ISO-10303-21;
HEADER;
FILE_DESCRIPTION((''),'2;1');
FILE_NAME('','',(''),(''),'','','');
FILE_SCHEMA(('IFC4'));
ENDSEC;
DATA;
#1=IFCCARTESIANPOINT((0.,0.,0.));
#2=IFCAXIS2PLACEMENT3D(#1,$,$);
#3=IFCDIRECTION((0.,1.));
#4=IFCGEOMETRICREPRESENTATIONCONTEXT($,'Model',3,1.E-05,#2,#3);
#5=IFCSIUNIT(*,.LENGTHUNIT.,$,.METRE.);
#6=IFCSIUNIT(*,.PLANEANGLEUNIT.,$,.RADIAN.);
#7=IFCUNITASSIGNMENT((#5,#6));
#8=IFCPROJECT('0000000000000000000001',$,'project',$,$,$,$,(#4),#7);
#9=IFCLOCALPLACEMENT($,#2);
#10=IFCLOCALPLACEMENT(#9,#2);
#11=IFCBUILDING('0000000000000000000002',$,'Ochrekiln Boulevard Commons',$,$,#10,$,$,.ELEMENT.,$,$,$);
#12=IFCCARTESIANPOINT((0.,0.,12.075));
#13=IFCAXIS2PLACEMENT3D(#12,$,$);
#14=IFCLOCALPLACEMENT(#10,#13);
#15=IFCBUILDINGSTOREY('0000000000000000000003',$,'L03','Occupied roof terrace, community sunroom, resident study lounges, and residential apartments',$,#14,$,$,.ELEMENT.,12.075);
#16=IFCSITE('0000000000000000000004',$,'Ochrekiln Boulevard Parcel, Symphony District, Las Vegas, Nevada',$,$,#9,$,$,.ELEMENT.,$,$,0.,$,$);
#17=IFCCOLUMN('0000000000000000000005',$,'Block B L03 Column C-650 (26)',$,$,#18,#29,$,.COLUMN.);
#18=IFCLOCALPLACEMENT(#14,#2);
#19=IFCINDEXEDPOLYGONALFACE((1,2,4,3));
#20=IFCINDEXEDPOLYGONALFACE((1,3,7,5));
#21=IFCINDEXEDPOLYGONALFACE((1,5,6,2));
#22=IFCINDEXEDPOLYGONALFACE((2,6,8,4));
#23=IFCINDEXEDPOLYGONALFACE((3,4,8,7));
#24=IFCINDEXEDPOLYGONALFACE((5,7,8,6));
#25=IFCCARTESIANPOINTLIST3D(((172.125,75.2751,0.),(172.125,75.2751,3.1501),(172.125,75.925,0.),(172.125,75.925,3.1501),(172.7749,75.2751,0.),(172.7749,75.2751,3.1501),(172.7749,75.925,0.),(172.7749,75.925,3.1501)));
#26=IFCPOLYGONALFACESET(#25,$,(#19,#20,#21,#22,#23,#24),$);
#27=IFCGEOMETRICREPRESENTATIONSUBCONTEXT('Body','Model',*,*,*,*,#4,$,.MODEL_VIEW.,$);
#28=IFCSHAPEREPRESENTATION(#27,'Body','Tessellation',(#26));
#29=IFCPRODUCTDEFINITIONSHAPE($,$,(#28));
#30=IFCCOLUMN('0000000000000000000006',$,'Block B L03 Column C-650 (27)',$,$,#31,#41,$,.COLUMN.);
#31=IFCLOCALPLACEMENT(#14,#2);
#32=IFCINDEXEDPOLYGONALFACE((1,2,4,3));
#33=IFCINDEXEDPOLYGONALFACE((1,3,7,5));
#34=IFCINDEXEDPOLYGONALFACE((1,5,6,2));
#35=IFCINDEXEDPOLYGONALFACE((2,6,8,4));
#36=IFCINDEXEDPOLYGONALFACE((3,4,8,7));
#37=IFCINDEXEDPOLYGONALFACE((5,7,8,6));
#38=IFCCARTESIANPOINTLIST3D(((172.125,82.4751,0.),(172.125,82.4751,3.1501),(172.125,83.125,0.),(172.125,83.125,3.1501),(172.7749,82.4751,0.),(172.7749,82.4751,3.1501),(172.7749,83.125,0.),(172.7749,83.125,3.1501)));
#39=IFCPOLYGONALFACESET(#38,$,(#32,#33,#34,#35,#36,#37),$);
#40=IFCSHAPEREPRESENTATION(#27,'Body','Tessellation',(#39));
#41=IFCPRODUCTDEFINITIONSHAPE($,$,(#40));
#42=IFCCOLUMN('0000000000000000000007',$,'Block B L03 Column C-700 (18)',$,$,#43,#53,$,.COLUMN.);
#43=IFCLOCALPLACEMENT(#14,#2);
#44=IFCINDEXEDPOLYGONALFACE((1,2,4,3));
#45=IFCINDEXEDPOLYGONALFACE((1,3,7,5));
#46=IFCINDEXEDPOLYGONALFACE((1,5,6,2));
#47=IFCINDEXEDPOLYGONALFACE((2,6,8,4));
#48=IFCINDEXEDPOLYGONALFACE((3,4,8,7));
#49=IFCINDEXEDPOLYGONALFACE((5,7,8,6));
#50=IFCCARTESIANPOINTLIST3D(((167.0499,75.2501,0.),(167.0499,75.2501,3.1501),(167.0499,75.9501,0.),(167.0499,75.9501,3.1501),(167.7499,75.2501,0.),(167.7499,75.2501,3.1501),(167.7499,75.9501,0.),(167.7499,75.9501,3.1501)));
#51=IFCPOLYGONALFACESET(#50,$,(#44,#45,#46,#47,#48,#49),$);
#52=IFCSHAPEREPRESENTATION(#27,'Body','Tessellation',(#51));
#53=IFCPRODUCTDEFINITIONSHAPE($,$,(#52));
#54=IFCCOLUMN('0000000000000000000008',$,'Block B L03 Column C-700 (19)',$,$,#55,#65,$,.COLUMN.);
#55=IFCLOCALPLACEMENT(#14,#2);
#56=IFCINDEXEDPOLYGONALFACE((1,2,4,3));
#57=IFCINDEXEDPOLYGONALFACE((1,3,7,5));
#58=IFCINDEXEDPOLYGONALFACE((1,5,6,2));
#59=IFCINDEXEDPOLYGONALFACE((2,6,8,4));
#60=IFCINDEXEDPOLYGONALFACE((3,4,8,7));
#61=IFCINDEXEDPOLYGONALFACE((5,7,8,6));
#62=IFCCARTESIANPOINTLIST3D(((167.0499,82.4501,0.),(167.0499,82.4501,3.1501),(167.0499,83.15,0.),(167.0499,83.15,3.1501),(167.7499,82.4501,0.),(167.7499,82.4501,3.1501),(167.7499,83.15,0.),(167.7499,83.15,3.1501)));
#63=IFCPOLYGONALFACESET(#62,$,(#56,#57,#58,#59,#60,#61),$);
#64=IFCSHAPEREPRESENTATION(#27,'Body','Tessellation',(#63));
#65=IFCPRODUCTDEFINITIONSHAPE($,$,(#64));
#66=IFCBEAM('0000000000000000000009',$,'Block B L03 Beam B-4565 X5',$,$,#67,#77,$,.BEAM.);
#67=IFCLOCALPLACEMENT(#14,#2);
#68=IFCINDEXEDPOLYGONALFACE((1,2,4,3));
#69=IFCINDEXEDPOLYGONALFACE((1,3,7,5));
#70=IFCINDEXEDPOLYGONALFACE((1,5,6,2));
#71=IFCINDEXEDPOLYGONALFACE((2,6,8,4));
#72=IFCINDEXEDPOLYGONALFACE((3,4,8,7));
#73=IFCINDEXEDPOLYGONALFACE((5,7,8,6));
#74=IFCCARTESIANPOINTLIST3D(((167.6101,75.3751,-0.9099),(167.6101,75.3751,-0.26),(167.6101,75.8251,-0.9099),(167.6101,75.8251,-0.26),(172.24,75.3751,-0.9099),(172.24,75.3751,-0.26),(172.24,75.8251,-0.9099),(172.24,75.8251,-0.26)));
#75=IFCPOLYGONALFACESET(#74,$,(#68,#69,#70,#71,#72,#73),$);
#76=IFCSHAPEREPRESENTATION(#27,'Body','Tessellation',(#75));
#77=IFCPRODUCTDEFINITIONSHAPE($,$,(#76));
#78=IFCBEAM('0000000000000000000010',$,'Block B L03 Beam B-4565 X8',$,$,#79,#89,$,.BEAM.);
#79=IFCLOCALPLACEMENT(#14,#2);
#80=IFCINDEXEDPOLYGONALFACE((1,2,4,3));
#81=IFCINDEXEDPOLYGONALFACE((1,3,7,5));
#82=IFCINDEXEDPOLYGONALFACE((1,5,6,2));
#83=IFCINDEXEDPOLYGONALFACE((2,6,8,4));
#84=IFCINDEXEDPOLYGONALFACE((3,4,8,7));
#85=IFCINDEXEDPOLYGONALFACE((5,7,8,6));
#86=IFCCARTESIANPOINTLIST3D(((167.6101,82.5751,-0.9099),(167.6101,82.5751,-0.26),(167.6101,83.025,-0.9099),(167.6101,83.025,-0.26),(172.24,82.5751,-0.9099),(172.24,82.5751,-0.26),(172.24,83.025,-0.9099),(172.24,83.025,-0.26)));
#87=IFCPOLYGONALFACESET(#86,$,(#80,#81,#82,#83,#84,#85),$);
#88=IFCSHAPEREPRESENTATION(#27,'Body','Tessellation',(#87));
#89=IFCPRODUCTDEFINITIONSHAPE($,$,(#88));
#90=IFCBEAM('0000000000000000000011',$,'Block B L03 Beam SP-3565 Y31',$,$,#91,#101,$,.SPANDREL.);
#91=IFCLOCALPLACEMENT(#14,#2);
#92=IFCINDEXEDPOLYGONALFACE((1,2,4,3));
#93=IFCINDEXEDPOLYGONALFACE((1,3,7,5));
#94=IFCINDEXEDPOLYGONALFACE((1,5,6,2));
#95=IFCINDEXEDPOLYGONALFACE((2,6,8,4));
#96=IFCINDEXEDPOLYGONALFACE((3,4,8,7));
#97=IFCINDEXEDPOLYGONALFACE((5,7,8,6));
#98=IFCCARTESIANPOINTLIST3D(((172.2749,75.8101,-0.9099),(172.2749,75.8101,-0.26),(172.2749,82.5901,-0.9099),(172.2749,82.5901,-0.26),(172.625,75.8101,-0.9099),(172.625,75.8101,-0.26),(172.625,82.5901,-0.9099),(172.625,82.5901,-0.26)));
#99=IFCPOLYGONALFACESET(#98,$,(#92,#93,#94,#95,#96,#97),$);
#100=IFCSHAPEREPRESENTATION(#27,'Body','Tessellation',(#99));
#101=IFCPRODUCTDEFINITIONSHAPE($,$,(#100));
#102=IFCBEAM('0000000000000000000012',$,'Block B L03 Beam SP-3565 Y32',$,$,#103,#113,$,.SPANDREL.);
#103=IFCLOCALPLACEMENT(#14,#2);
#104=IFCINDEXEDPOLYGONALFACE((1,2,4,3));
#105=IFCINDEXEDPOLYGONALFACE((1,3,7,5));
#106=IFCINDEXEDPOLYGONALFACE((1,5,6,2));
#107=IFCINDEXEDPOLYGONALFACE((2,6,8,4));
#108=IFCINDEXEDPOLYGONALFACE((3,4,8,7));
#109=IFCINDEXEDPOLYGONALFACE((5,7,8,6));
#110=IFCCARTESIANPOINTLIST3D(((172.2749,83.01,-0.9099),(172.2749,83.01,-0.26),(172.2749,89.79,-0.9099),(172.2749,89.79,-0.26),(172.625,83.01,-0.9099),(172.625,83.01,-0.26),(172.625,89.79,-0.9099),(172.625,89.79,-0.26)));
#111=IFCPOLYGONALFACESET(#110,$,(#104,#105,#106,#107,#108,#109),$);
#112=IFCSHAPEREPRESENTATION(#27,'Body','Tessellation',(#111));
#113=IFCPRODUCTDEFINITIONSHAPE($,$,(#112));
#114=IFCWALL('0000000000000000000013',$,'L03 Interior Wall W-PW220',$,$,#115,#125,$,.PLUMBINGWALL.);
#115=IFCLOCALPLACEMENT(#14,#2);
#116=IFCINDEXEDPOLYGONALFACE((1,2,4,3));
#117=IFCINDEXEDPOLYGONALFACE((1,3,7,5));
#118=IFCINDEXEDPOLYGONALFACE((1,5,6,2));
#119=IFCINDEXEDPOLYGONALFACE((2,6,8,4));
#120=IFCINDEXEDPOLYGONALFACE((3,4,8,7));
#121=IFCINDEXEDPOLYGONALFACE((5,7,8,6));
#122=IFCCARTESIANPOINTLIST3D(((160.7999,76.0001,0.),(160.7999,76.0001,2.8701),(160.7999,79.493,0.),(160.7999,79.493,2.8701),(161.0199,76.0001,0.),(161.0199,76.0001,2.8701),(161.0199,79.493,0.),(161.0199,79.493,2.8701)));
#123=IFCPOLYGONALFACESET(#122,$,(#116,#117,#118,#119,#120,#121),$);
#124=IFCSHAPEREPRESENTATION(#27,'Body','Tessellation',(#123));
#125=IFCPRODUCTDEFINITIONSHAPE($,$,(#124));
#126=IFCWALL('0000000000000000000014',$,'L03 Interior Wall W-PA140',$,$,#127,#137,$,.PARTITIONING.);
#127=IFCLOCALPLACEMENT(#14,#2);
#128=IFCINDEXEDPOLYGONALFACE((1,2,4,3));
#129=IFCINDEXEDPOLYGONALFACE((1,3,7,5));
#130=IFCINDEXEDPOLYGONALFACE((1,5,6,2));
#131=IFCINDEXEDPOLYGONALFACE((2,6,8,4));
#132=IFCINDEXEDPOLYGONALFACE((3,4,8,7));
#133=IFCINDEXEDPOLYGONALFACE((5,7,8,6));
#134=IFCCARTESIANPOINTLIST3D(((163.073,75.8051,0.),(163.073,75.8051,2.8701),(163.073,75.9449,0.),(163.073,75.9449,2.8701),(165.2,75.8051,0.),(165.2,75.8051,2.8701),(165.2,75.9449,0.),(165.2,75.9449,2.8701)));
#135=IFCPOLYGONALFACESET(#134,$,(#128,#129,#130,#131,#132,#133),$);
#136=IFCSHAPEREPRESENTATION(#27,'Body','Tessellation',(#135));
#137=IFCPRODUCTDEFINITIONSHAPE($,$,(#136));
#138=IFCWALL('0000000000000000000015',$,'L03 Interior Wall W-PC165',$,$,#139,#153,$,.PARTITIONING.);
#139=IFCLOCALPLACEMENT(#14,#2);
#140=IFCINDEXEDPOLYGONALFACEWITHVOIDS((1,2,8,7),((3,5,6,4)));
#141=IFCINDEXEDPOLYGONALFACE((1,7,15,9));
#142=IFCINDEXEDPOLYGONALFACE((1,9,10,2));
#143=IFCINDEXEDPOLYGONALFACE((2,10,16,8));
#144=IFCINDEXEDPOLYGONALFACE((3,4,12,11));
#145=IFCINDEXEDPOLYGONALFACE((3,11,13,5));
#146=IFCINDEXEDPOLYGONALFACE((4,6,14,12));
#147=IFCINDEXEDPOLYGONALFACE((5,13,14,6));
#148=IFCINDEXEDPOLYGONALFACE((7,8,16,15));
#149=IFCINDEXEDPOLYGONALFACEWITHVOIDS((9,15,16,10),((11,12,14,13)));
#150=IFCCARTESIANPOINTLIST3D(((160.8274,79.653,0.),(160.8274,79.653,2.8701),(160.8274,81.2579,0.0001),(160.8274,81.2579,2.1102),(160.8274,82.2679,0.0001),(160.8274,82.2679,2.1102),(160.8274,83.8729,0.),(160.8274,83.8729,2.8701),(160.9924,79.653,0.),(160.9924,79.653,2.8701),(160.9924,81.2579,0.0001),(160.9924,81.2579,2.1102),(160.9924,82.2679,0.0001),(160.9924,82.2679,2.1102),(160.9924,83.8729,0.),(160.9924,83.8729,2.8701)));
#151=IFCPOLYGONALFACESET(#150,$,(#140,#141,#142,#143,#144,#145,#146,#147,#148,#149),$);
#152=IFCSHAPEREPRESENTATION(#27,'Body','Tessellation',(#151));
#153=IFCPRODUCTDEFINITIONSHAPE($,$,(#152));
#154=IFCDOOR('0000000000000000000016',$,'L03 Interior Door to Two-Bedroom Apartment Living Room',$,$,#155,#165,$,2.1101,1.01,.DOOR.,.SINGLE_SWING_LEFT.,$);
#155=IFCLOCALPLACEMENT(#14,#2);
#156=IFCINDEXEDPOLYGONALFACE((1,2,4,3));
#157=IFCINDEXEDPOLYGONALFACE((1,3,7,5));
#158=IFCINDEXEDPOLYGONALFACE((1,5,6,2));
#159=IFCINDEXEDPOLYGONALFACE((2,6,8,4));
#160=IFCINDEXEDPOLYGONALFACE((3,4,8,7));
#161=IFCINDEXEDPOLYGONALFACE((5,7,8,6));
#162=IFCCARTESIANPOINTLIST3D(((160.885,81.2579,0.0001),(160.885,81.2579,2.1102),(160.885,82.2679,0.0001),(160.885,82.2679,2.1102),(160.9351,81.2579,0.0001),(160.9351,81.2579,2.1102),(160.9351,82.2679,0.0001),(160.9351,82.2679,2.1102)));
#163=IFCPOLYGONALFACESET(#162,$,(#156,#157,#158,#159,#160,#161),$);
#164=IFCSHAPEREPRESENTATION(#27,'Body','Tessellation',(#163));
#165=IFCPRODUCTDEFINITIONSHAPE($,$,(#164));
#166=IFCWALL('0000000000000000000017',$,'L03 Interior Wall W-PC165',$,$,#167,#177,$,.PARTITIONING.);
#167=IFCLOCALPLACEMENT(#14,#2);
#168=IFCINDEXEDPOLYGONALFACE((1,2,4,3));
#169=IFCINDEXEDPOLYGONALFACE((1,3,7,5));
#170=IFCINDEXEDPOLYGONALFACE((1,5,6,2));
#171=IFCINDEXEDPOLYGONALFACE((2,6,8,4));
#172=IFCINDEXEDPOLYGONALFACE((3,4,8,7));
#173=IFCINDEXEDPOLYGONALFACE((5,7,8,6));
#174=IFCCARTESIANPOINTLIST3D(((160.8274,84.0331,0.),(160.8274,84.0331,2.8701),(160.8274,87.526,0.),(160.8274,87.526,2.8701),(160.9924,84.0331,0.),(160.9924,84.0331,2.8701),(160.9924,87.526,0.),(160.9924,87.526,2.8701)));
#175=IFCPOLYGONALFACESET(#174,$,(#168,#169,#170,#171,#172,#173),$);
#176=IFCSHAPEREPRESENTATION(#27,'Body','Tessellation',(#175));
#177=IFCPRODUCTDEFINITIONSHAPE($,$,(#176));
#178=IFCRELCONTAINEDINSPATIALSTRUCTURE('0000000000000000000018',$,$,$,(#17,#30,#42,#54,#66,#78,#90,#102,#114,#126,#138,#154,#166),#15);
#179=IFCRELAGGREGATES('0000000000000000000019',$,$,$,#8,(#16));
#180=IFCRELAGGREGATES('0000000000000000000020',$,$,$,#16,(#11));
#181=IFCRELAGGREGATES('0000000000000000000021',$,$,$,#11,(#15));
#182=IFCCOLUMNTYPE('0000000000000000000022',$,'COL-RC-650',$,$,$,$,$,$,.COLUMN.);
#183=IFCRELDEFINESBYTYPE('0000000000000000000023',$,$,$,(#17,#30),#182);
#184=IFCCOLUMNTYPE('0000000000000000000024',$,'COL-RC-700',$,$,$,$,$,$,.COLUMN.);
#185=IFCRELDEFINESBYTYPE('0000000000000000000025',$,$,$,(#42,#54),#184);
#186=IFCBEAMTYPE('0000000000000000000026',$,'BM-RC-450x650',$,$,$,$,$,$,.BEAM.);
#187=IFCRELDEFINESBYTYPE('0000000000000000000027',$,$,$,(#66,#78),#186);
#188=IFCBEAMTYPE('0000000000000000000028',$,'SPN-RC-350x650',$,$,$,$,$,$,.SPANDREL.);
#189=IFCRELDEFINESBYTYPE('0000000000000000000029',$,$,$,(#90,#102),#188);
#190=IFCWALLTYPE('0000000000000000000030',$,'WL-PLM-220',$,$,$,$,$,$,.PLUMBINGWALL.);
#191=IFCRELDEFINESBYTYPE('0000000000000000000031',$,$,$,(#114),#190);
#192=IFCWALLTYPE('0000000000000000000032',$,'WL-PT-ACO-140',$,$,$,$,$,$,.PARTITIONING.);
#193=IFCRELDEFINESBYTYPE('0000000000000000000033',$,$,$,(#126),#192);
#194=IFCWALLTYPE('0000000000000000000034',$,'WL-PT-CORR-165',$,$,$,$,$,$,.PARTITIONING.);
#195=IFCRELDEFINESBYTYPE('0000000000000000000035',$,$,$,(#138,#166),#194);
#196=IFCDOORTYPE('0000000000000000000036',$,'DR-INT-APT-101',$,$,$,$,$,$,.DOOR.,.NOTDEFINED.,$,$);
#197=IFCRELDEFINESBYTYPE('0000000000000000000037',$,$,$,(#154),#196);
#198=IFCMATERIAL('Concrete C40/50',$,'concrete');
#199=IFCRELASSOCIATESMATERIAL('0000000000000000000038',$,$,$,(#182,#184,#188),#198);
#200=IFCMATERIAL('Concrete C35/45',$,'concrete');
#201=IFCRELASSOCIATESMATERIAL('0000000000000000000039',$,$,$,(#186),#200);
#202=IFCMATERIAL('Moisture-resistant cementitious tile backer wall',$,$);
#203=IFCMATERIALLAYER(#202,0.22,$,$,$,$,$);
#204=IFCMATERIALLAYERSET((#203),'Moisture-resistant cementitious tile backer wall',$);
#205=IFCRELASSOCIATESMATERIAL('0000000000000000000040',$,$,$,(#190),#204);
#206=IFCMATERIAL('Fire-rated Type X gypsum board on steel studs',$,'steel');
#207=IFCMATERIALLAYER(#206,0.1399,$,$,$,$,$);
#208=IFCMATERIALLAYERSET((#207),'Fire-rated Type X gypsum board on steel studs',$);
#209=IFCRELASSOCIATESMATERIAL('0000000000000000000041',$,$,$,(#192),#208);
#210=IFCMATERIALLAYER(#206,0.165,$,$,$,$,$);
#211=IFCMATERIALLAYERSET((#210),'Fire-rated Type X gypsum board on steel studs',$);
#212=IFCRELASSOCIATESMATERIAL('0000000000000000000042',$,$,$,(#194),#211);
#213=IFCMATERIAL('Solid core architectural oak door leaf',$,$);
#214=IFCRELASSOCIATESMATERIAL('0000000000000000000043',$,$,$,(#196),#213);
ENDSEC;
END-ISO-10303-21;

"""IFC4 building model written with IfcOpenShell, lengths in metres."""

from ifc_helpers import new_model, si_unit, direction, frame, frame_2d, origin, origin_2d, place, context, subcontext, project, spatial, rectangle, extrude, material, layer, layer_set, material_profile, profile_set, type_object, element, fill, save


model = new_model("IFC4")

# Units and contexts
model_context = context("Model", 3, precision=1e-05, world=origin(), true_north=direction((0.0, 1.0)))
body_context = subcontext(model_context, "Body", "Model", "MODEL_VIEW")
ifc_project = project(units=[si_unit("LENGTHUNIT", "METRE"), si_unit("PLANEANGLEUNIT", "RADIAN")], contexts=[model_context])

# Site, building, storey
site_placement = place(None, origin())
site = spatial("IfcSite", under=ifc_project, at=site_placement, Name="Ochrekiln Boulevard Parcel, Symphony District, Las Vegas, Nevada", CompositionType="ELEMENT", RefElevation=0.0)
building_placement = place(site_placement, origin())
building = spatial("IfcBuilding", under=site, at=building_placement, Name="Ochrekiln Boulevard Commons", CompositionType="ELEMENT")
storey_placement = place(building_placement, frame((0.0, 0.0, 12.075)))
storey = spatial("IfcBuildingStorey", under=building, at=storey_placement, Name="L03", Description="Occupied roof terrace, community sunroom, resident study lounges, and residential apartments", CompositionType="ELEMENT", Elevation=12.075)

# Columns
ifc_material_1 = material(Name="Concrete C40/50", Category="concrete")
ifc_material_profile_1 = material_profile(ifc_material_1, rectangle(XDim=0.6499, YDim=0.6499, at=origin_2d()), Name="RC-COL-650x650")
ifc_profile_set_1 = profile_set([ifc_material_profile_1], Name="Concrete C40/50")
column_type_1 = type_object("IfcColumnType", Name="COL-RC-650", PredefinedType="COLUMN", material=ifc_profile_set_1)
for number, where, z_axis, x_axis, name in (
    (1, (172.45, 75.6001, 0.0), (0.0, 0.0, 1.0), (1.0, 0.0, 0.0), "Block B L03 Column C-650 (26)"),
    (2, (172.45, 82.8, 0.0), (0.0, 0.0, 1.0), (1.0, 0.0, 0.0), "Block B L03 Column C-650 (27)"),
):
    element("IfcColumn", number, at=place(storey_placement, frame(where, z_axis=z_axis, x_axis=x_axis)), inside=storey, type_object=column_type_1, Name=name, PredefinedType="COLUMN", context=body_context, shape_type="SweptSolid", body=[
        extrude(rectangle(XDim=0.6499, YDim=0.6499, at=origin_2d()), origin(), (0.0, 0.0, 1.0), 3.1501),
    ])
ifc_material_profile_2 = material_profile(ifc_material_1, rectangle(XDim=0.7, YDim=0.7, at=origin_2d()), Name="RC-COL-700x700")
ifc_profile_set_2 = profile_set([ifc_material_profile_2], Name="Concrete C40/50")
column_type_2 = type_object("IfcColumnType", Name="COL-RC-700", PredefinedType="COLUMN", material=ifc_profile_set_2)
for number, where, z_axis, x_axis, name in (
    (3, (167.3999, 75.6001, 0.0), (0.0, 0.0, 1.0), (1.0, 0.0, 0.0), "Block B L03 Column C-700 (18)"),
    (4, (167.3999, 82.8, 0.0), (0.0, 0.0, 1.0), (1.0, 0.0, 0.0), "Block B L03 Column C-700 (19)"),
):
    element("IfcColumn", number, at=place(storey_placement, frame(where, z_axis=z_axis, x_axis=x_axis)), inside=storey, type_object=column_type_2, Name=name, PredefinedType="COLUMN", context=body_context, shape_type="SweptSolid", body=[
        extrude(rectangle(XDim=0.7, YDim=0.7, at=origin_2d()), origin(), (0.0, 0.0, 1.0), 3.1501),
    ])

# Beams
ifc_material_2 = material(Name="Concrete C35/45", Category="concrete")
ifc_material_profile_3 = material_profile(ifc_material_2, rectangle(XDim=0.45, YDim=0.6499, at=origin_2d()), Name="RC-BM-450x650")
ifc_profile_set_3 = profile_set([ifc_material_profile_3], Name="Concrete C35/45")
beam_type_1 = type_object("IfcBeamType", Name="BM-RC-450x650", PredefinedType="BEAM", material=ifc_profile_set_3)
for number, where, z_axis, x_axis, name in (
    (5, (167.6101, 75.6001, -0.585), (1.0, 0.0, 0.0), (0.0, 1.0, 0.0), "Block B L03 Beam B-4565 X5"),
    (6, (167.6101, 82.8, -0.585), (1.0, 0.0, 0.0), (0.0, 1.0, 0.0), "Block B L03 Beam B-4565 X8"),
):
    element("IfcBeam", number, at=place(storey_placement, frame(where, z_axis=z_axis, x_axis=x_axis)), inside=storey, type_object=beam_type_1, Name=name, PredefinedType="BEAM", context=body_context, shape_type="SweptSolid", body=[
        extrude(rectangle(XDim=0.45, YDim=0.6499, at=origin_2d()), origin(), (0.0, 0.0, 1.0), 4.6299),
    ])
ifc_material_profile_4 = material_profile(ifc_material_1, rectangle(XDim=0.3501, YDim=0.6499, at=origin_2d()), Name="RC-SPN-350x650")
ifc_profile_set_4 = profile_set([ifc_material_profile_4], Name="Concrete C40/50")
beam_type_2 = type_object("IfcBeamType", Name="SPN-RC-350x650", PredefinedType="SPANDREL", material=ifc_profile_set_4)
for number, where, z_axis, x_axis, name in (
    (7, (172.45, 75.8101, -0.585), (0.0, 1.0, 0.0), (-1.0, 0.0, 0.0), "Block B L03 Beam SP-3565 Y31"),
    (8, (172.45, 83.01, -0.585), (0.0, 1.0, 0.0), (-1.0, 0.0, 0.0), "Block B L03 Beam SP-3565 Y32"),
):
    element("IfcBeam", number, at=place(storey_placement, frame(where, z_axis=z_axis, x_axis=x_axis)), inside=storey, type_object=beam_type_2, Name=name, PredefinedType="SPANDREL", context=body_context, shape_type="SweptSolid", body=[
        extrude(rectangle(XDim=0.3501, YDim=0.6499, at=origin_2d()), origin(), (0.0, 0.0, 1.0), 6.78),
    ])

# Walls
ifc_material_3 = material(Name="Moisture-resistant cementitious tile backer wall")
ifc_layer_1 = layer(ifc_material_3, 0.22)
ifc_layer_set_1 = layer_set([ifc_layer_1], Name="Moisture-resistant cementitious tile backer wall")
wall_type_1 = type_object("IfcWallType", Name="WL-PLM-220", PredefinedType="PLUMBINGWALL", material=ifc_layer_set_1)
wall_1_placement = place(storey_placement, frame((160.9099, 76.0, 0.0), z_axis=(0.0, 0.0, 1.0), x_axis=(0.0, 1.0, 0.0)))
element("IfcWall", 9, at=wall_1_placement, inside=storey, type_object=wall_type_1, Name="L03 Interior Wall W-PW220", PredefinedType="PLUMBINGWALL", context=body_context, shape_type="SweptSolid", body=[
    extrude(rectangle(XDim=3.4929, YDim=0.22, at=frame_2d((1.7466, 0.0))), origin(), (0.0, 0.0, 1.0), 2.8701),
])
ifc_material_4 = material(Name="Fire-rated Type X gypsum board on steel studs", Category="steel")
ifc_layer_2 = layer(ifc_material_4, 0.1399)
ifc_layer_set_2 = layer_set([ifc_layer_2], Name="Fire-rated Type X gypsum board on steel studs")
wall_type_2 = type_object("IfcWallType", Name="WL-PT-ACO-140", PredefinedType="PARTITIONING", material=ifc_layer_set_2)
wall_2_placement = place(storey_placement, frame((163.073, 75.875, 0.0), z_axis=(0.0, 0.0, 1.0), x_axis=(1.0, 0.0, 0.0)))
element("IfcWall", 10, at=wall_2_placement, inside=storey, type_object=wall_type_2, Name="L03 Interior Wall W-PA140", PredefinedType="PARTITIONING", context=body_context, shape_type="SweptSolid", body=[
    extrude(rectangle(XDim=2.127, YDim=0.1399, at=frame_2d((1.0635, 0.0))), origin(), (0.0, 0.0, 1.0), 2.8701),
])

# Wall, opening, door
ifc_layer_3 = layer(ifc_material_4, 0.165)
ifc_layer_set_3 = layer_set([ifc_layer_3], Name="Fire-rated Type X gypsum board on steel studs")
wall_type_3 = type_object("IfcWallType", Name="WL-PT-CORR-165", PredefinedType="PARTITIONING", material=ifc_layer_set_3)
wall_3_placement = place(storey_placement, frame((160.9099, 79.6531, 0.0), z_axis=(0.0, 0.0, 1.0), x_axis=(0.0, 1.0, 0.0)))
wall_3 = element("IfcWall", 11, at=wall_3_placement, inside=storey, type_object=wall_type_3, Name="L03 Interior Wall W-PC165", PredefinedType="PARTITIONING", context=body_context, shape_type="SweptSolid", body=[
    extrude(rectangle(XDim=4.22, YDim=0.165, at=frame_2d((2.1099, 0.0))), origin(), (0.0, 0.0, 1.0), 2.8701),
])
opening_1_placement = place(wall_3_placement, frame((1.605, 0.0, 0.0)))
opening_1 = element("IfcOpeningElement", 12, at=opening_1_placement, cuts=wall_3, PredefinedType="OPENING", context=body_context, shape_type="SweptSolid", body=[
    extrude(rectangle(XDim=1.01, YDim=2.1101, at=frame_2d((0.5049, 1.0552))), frame((0.0, 0.0925, 0.0), z_axis=(0.0, -1.0, 0.0), x_axis=(1.0, 0.0, 0.0)), (0.0, 0.0, 1.0), 0.1851),
])
ifc_material_5 = material(Name="Solid core architectural oak door leaf")
door_type_1 = type_object("IfcDoorType", Name="DR-INT-APT-101", OperationType="NOTDEFINED", PredefinedType="DOOR", material=ifc_material_5)
door_1_placement = place(opening_1_placement, origin())
door_1 = element("IfcDoor", 13, at=door_1_placement, inside=storey, type_object=door_type_1, Name="L03 Interior Door to Two-Bedroom Apartment Living Room", OperationType="SINGLE_SWING_LEFT", OverallHeight=2.1101, OverallWidth=1.01, PredefinedType="DOOR", context=body_context, shape_type="SweptSolid", body=[
    extrude(rectangle(XDim=1.01, YDim=2.1101, at=frame_2d((0.5049, 1.0552))), frame((0.0, 0.0249, 0.0), z_axis=(0.0, -1.0, 0.0), x_axis=(1.0, 0.0, 0.0)), (0.0, 0.0, 1.0), 0.05),
])
fill(opening_1, door_1)

# Wall
wall_4_placement = place(storey_placement, frame((160.9099, 84.033, 0.0), z_axis=(0.0, 0.0, 1.0), x_axis=(0.0, 1.0, 0.0)))
element("IfcWall", 14, at=wall_4_placement, inside=storey, type_object=wall_type_3, Name="L03 Interior Wall W-PC165", PredefinedType="PARTITIONING", context=body_context, shape_type="SweptSolid", body=[
    extrude(rectangle(XDim=3.4929, YDim=0.165, at=frame_2d((1.7466, 0.0))), origin(), (0.0, 0.0, 1.0), 2.8701),
])

save(model, "model.ifc")
